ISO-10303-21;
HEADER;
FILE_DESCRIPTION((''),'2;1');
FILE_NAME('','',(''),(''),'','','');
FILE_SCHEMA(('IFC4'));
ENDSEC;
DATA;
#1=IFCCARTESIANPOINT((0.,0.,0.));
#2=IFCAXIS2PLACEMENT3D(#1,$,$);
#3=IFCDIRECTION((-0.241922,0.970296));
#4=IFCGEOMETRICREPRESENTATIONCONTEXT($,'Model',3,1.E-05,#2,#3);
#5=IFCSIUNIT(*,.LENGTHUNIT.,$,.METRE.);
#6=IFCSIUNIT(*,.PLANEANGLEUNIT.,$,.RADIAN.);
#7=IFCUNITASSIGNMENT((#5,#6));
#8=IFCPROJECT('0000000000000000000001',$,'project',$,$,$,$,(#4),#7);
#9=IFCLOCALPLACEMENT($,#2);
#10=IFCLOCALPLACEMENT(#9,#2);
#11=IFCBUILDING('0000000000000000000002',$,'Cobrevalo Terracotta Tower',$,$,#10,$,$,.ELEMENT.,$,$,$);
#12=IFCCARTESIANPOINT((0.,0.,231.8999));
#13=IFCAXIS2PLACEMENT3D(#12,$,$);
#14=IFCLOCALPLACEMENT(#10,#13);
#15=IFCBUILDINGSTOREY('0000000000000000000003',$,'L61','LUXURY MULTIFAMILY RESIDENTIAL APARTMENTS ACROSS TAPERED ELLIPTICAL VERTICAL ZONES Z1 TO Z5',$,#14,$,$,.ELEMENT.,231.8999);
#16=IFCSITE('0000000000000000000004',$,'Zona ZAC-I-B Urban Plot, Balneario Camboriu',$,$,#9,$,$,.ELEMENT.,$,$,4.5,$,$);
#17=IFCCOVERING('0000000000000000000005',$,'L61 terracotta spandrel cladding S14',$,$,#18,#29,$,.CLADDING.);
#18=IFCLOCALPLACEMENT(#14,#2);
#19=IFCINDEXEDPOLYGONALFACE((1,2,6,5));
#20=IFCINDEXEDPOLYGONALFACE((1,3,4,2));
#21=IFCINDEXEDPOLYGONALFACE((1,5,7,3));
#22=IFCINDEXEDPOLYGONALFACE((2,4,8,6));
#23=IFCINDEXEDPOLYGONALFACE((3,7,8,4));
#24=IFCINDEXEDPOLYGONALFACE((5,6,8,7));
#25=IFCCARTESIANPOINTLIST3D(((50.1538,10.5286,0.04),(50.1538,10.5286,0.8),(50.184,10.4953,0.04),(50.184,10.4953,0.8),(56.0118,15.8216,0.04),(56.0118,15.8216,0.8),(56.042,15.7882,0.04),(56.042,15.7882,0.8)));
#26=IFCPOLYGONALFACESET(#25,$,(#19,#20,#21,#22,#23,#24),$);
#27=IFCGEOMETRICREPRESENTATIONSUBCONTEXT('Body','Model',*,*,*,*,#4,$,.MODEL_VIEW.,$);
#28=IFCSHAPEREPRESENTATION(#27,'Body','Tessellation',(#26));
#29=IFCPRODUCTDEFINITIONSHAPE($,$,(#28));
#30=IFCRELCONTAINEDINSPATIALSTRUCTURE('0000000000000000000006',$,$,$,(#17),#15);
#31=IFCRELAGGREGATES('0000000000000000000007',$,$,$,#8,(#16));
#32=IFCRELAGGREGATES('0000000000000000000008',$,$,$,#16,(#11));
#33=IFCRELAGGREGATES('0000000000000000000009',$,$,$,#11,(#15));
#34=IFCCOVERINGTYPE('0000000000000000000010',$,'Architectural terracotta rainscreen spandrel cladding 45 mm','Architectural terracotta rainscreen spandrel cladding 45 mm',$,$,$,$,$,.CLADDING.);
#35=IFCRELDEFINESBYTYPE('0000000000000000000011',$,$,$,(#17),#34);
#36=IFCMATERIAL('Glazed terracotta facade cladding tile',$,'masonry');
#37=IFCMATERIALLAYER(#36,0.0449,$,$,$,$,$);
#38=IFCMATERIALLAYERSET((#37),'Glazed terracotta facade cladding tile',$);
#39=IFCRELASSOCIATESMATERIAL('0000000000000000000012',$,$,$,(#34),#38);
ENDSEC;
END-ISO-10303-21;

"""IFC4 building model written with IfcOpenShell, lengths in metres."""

from ifc_helpers import new_model, si_unit, direction, frame, origin, origin_2d, place, context, subcontext, project, spatial, rectangle, extrude, source, transform, mapped, material, layer, layer_set, type_object, element, save


model = new_model("IFC4")

# Units and contexts
model_context = context("Model", 3, precision=1e-05, world=origin(), true_north=direction((-0.241922, 0.970296)))
body_context = subcontext(model_context, "Body", "Model", "MODEL_VIEW")
ifc_project = project(units=[si_unit("LENGTHUNIT", "METRE"), si_unit("PLANEANGLEUNIT", "RADIAN")], contexts=[model_context])

# Site, building, storey
site_placement = place(None, origin())
site = spatial("IfcSite", under=ifc_project, at=site_placement, Name="Zona ZAC-I-B Urban Plot, Balneario Camboriu", CompositionType="ELEMENT", RefElevation=4.5)
building_placement = place(site_placement, origin())
building = spatial("IfcBuilding", under=site, at=building_placement, Name="Cobrevalo Terracotta Tower", CompositionType="ELEMENT")
storey_placement = place(building_placement, frame((0.0, 0.0, 231.8999)))
storey = spatial("IfcBuildingStorey", under=building, at=storey_placement, Name="L61", Description="LUXURY MULTIFAMILY RESIDENTIAL APARTMENTS ACROSS TAPERED ELLIPTICAL VERTICAL ZONES Z1 TO Z5", CompositionType="ELEMENT", Elevation=231.8999)

# Covering
ifc_material_1 = material(Name="Glazed terracotta facade cladding tile", Category="masonry")
ifc_layer_1 = layer(ifc_material_1, 0.0449)
ifc_layer_set_1 = layer_set([ifc_layer_1], Name="Glazed terracotta facade cladding tile")
covering_type = type_object("IfcCoveringType", Name="Architectural terracotta rainscreen spandrel cladding 45 mm", Description="Architectural terracotta rainscreen spandrel cladding 45 mm", PredefinedType="CLADDING", material=ifc_layer_set_1)
shared_shape_1 = source(origin(), body_context, "Body", "SweptSolid", [
    extrude(rectangle(XDim=7.895, YDim=0.0449, at=origin_2d()), origin(), (0.0, 0.0, 1.0), 0.76),
])
covering_placement = place(storey_placement, frame((53.0979, 13.1584, 0.04), z_axis=(0.0, 0.0, 1.0), x_axis=(0.741988, 0.670414, 0.0)))
element("IfcCovering", 1, at=covering_placement, inside=storey, type_object=covering_type, Name="L61 terracotta spandrel cladding S14", PredefinedType="CLADDING", context=body_context, shape_type="MappedRepresentation", body=[
    mapped(shared_shape_1, transform((0.0, 0.0, 0.0), scale=1.0)),
])

save(model, "model.ifc")
